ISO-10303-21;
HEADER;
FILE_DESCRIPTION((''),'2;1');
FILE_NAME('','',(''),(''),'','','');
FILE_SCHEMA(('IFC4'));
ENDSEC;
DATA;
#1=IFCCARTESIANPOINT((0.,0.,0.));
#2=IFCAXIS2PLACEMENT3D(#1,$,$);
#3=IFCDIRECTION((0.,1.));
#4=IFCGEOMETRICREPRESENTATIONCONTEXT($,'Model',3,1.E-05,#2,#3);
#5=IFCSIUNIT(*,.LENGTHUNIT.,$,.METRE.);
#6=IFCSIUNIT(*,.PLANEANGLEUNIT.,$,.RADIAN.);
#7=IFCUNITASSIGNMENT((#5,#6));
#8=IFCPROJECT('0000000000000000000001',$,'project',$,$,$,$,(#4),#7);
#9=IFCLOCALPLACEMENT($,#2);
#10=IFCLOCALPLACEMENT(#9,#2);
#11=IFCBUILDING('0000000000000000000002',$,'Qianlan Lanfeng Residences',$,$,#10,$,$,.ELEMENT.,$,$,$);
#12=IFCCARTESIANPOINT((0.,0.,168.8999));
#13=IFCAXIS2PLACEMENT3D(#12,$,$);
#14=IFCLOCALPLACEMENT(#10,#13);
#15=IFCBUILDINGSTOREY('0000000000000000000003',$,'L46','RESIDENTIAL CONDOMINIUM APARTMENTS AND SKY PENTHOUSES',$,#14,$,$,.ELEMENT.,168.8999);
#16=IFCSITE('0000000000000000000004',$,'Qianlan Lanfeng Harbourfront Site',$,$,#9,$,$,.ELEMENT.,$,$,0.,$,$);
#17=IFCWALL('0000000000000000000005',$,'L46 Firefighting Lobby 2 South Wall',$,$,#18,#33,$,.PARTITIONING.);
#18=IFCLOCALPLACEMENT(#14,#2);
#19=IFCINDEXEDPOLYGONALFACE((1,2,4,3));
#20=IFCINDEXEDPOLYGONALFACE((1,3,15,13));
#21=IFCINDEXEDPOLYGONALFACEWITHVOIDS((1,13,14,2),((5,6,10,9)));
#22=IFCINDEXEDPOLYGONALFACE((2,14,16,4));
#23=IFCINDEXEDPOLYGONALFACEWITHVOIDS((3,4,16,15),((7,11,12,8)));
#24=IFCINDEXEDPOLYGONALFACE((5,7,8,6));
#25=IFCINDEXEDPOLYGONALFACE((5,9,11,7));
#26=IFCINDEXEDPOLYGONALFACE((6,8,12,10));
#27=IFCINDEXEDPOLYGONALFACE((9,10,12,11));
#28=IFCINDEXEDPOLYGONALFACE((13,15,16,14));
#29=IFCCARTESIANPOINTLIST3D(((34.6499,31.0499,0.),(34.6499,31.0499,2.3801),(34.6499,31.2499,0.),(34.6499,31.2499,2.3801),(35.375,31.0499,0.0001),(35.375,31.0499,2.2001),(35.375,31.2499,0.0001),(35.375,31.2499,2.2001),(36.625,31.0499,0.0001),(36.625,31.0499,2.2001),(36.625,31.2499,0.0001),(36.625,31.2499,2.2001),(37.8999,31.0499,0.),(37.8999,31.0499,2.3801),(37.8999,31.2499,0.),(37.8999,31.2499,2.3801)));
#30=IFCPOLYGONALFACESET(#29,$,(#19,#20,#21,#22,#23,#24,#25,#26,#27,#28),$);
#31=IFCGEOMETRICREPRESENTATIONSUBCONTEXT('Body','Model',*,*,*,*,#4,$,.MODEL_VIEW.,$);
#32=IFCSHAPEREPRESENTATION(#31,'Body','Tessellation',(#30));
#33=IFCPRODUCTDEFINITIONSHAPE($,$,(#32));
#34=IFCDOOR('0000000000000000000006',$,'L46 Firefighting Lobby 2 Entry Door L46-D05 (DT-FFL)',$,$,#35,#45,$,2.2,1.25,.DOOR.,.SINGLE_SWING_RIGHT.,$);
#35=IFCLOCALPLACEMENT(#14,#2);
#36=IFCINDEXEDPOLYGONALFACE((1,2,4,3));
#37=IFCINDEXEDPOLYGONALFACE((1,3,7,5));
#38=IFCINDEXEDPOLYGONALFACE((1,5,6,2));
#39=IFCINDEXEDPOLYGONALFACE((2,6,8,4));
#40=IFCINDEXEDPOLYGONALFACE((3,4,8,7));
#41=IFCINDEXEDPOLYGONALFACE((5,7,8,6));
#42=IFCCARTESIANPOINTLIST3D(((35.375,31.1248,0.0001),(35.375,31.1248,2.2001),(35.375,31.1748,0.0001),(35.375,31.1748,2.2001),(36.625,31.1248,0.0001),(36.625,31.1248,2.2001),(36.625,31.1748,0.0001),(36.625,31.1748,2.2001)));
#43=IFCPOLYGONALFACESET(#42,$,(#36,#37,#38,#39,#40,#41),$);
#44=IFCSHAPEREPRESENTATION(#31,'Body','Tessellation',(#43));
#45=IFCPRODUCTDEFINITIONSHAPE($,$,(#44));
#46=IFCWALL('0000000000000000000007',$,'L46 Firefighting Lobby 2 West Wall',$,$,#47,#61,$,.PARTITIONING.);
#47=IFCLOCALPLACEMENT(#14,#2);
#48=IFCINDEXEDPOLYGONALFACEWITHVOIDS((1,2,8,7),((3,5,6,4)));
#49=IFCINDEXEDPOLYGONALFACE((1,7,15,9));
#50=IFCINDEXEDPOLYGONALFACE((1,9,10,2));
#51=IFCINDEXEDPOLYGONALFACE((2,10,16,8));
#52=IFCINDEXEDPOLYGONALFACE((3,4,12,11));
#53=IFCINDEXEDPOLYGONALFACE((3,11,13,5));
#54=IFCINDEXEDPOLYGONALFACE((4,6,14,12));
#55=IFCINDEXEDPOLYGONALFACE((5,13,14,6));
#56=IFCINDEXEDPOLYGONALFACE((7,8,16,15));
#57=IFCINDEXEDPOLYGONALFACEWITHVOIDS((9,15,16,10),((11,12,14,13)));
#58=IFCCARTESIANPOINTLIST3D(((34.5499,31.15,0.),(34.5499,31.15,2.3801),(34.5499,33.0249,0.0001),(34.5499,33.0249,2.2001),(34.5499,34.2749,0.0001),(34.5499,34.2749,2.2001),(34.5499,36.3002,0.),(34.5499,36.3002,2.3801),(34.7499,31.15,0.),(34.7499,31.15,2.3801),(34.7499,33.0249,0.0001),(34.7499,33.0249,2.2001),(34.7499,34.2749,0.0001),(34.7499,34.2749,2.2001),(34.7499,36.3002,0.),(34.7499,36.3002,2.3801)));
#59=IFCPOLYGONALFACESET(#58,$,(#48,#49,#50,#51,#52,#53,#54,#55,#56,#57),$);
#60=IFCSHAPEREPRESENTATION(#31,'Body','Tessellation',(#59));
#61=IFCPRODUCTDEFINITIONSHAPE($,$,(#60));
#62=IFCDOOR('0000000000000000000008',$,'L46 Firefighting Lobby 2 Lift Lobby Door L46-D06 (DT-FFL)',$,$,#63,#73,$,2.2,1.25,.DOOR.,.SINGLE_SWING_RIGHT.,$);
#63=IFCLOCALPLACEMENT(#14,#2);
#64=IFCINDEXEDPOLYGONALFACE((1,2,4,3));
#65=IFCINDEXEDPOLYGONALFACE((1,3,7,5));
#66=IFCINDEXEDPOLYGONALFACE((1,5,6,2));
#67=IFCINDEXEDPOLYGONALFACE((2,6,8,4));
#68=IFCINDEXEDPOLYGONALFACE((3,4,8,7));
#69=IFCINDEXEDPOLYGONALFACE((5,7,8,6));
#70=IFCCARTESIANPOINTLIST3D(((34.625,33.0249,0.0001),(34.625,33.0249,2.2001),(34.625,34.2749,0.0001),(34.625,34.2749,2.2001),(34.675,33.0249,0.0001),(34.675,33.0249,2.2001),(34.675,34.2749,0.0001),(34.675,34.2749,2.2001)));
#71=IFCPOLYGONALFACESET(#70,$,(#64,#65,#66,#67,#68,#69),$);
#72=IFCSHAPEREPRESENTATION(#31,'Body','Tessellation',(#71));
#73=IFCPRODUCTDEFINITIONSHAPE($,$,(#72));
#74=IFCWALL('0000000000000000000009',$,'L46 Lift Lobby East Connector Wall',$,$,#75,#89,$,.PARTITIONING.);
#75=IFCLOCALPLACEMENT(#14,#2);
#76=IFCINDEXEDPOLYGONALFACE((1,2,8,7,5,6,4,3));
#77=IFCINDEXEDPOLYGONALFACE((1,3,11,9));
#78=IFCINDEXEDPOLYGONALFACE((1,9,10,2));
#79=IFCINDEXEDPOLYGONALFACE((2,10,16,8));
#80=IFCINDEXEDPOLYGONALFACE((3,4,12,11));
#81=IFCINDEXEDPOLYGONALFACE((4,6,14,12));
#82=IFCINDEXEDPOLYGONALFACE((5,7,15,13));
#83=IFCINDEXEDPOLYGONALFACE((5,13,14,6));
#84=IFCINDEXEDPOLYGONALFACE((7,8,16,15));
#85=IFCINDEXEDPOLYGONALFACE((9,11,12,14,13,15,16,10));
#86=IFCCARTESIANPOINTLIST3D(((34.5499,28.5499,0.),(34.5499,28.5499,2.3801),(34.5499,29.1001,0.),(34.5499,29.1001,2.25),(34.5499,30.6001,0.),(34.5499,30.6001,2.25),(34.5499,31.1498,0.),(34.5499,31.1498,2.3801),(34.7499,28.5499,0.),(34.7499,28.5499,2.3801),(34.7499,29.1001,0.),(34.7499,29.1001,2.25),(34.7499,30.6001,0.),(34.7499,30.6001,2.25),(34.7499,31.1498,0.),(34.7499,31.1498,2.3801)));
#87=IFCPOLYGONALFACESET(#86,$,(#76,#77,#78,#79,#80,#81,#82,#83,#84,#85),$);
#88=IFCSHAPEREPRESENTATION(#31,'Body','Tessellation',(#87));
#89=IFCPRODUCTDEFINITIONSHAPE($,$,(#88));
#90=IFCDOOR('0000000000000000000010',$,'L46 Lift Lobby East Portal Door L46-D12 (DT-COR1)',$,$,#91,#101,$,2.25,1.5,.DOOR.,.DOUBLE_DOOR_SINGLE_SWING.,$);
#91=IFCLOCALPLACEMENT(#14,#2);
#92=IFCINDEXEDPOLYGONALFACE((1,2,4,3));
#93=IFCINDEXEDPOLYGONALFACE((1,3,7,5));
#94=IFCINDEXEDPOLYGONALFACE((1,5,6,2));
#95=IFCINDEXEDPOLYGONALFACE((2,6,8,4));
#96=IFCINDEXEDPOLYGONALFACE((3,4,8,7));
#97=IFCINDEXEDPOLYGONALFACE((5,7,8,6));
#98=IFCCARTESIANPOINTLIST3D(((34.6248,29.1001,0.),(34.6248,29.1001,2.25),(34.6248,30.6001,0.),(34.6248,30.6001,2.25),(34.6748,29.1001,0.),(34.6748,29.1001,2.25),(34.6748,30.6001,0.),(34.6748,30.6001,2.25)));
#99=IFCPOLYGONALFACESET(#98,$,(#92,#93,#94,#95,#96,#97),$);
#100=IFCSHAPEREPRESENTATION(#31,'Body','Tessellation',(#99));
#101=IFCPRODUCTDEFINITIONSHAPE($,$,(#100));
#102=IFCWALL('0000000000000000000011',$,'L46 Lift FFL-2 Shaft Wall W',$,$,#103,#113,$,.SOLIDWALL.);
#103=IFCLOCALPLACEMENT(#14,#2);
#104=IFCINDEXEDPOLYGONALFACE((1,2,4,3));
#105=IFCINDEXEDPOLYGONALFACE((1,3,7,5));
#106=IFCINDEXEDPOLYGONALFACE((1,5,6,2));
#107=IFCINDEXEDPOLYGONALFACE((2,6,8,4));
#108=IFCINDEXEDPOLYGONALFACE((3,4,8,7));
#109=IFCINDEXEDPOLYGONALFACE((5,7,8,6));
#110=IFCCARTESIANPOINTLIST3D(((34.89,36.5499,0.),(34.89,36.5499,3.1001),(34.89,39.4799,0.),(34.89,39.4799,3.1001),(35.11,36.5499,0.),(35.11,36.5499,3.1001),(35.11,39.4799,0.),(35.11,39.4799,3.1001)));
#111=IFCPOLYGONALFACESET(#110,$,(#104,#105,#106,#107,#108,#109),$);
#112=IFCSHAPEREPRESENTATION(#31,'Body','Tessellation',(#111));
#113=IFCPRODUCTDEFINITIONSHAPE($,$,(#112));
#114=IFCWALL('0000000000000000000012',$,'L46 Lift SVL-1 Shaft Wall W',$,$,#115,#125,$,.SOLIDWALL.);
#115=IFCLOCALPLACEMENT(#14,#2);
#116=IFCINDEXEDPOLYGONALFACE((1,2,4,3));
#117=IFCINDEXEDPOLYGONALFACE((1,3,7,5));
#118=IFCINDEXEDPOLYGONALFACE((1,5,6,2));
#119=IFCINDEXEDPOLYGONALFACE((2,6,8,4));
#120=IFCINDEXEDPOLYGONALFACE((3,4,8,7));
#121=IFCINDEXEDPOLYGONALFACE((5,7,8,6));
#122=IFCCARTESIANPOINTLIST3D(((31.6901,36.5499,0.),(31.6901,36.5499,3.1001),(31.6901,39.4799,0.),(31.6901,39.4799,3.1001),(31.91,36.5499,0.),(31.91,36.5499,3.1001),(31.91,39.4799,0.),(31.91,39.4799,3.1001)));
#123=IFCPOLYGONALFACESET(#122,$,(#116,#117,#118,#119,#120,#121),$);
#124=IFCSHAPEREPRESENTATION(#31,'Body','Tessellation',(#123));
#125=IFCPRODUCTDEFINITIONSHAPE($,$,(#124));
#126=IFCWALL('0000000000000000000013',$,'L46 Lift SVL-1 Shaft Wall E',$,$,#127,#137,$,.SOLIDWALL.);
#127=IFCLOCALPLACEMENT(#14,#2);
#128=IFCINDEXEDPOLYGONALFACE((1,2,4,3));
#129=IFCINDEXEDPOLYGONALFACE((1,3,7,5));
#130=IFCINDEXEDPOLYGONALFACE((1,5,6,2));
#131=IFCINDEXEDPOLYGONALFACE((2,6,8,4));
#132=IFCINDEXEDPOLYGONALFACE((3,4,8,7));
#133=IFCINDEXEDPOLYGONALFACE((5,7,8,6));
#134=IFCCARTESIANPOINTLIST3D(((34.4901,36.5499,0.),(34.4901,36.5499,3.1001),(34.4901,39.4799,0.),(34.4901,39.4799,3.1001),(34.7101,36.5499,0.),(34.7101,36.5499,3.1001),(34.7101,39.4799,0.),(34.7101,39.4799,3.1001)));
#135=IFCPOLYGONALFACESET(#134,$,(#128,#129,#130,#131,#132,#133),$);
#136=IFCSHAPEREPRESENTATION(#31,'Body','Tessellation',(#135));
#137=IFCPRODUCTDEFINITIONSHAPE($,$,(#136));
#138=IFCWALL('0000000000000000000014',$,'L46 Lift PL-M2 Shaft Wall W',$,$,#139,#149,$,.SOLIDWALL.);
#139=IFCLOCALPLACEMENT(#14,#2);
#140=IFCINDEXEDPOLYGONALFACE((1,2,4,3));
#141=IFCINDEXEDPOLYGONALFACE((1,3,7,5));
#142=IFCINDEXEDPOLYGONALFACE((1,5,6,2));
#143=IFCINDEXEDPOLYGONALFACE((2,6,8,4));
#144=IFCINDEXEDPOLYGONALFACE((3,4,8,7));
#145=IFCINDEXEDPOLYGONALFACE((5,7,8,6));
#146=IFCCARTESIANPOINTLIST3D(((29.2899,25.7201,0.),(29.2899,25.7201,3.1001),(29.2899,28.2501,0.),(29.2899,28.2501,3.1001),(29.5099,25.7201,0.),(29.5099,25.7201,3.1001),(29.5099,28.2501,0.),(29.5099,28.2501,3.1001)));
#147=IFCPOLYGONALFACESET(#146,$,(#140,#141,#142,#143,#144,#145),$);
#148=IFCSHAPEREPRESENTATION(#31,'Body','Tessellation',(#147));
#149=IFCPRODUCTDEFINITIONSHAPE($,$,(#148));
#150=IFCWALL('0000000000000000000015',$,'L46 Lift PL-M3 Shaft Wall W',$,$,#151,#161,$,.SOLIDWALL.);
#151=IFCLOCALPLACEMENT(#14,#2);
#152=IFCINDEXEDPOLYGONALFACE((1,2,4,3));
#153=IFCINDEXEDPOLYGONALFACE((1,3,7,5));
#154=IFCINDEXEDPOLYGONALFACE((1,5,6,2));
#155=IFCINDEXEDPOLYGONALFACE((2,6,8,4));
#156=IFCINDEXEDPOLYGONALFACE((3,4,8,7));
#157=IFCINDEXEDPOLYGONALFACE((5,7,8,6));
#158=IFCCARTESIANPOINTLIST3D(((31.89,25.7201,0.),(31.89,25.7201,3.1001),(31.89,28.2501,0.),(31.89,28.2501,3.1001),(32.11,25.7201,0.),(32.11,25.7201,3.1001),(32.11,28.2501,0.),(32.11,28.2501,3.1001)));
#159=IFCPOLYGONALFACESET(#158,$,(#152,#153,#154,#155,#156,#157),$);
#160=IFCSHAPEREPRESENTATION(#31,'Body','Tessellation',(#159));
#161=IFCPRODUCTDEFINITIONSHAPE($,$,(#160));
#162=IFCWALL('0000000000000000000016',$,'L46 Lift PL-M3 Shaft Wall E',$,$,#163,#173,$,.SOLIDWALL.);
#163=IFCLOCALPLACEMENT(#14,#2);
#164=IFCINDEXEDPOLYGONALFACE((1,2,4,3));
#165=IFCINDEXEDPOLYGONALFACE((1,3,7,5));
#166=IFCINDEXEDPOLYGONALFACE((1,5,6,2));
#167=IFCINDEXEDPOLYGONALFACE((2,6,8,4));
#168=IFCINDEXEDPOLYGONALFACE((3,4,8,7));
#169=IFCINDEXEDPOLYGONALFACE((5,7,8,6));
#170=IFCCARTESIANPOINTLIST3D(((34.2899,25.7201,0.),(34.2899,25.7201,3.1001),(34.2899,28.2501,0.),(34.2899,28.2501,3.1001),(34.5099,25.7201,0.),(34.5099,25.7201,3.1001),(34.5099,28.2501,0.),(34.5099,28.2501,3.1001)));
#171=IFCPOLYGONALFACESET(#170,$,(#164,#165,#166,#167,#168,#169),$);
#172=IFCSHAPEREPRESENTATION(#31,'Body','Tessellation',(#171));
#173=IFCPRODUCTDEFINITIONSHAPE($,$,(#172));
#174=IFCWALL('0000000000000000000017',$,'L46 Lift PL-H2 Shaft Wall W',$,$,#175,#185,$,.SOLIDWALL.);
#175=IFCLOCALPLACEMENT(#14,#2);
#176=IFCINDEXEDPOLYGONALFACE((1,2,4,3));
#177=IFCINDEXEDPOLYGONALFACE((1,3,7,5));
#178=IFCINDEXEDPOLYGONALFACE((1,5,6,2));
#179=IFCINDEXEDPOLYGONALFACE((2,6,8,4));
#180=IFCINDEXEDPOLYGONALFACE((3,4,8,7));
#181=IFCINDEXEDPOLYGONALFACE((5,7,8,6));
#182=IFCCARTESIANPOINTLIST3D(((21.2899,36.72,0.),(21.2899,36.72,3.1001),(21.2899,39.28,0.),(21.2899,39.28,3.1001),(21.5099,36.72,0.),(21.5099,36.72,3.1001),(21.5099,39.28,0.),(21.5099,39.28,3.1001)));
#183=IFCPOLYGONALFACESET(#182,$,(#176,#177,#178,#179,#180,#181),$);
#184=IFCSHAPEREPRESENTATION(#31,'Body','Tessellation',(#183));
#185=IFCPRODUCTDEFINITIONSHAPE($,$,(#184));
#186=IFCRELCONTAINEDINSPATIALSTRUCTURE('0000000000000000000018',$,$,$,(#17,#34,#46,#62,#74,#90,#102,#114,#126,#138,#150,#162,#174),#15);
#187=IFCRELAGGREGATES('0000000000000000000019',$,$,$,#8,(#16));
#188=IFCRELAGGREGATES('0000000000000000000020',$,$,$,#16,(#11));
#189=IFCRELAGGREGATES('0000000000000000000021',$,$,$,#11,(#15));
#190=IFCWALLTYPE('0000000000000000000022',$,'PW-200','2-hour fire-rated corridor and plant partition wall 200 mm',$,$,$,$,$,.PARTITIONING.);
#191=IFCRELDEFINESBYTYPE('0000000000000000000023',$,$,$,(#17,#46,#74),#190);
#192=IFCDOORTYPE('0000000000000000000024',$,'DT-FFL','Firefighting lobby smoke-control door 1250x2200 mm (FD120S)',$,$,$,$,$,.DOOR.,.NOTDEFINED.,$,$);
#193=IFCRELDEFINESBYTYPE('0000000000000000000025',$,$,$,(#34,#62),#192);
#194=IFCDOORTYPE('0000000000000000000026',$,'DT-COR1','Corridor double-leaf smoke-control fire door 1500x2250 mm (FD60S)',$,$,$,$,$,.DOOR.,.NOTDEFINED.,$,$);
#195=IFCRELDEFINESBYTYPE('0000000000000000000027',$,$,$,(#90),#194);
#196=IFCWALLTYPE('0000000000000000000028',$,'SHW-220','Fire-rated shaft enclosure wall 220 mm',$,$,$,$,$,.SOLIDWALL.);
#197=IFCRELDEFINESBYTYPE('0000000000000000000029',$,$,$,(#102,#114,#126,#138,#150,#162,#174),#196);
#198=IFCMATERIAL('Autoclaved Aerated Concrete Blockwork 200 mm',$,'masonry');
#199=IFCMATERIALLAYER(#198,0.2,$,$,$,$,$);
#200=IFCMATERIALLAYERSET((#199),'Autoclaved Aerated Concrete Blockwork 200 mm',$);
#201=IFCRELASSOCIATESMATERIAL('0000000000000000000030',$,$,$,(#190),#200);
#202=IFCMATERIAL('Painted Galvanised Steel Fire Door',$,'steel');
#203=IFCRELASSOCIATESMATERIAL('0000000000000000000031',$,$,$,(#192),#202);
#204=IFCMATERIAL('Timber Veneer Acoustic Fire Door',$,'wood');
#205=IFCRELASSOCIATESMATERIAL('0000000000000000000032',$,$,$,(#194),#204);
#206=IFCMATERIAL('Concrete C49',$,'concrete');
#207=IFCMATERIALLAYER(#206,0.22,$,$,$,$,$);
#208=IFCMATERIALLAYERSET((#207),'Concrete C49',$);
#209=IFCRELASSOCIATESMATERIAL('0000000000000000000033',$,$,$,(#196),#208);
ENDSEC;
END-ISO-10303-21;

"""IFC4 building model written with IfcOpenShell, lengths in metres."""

from ifc_helpers import new_model, si_unit, direction, frame, frame_2d, origin, place, context, subcontext, project, spatial, rectangle, extrude, material, layer, layer_set, type_object, element, fill, save


model = new_model("IFC4")

# Units and contexts
model_context = context("Model", 3, precision=1e-05, world=origin(), true_north=direction((0.0, 1.0)))
body_context = subcontext(model_context, "Body", "Model", "MODEL_VIEW")
ifc_project = project(units=[si_unit("LENGTHUNIT", "METRE"), si_unit("PLANEANGLEUNIT", "RADIAN")], contexts=[model_context])

# Site, building, storey
site_placement = place(None, origin())
site = spatial("IfcSite", under=ifc_project, at=site_placement, Name="Qianlan Lanfeng Harbourfront Site", CompositionType="ELEMENT", RefElevation=0.0)
building_placement = place(site_placement, origin())
building = spatial("IfcBuilding", under=site, at=building_placement, Name="Qianlan Lanfeng Residences", CompositionType="ELEMENT")
storey_placement = place(building_placement, frame((0.0, 0.0, 168.8999)))
storey = spatial("IfcBuildingStorey", under=building, at=storey_placement, Name="L46", Description="RESIDENTIAL CONDOMINIUM APARTMENTS AND SKY PENTHOUSES", CompositionType="ELEMENT", Elevation=168.8999)

# Walls, openings, doors
ifc_material_1 = material(Name="Autoclaved Aerated Concrete Blockwork 200 mm", Category="masonry")
ifc_layer_1 = layer(ifc_material_1, 0.2)
ifc_layer_set_1 = layer_set([ifc_layer_1], Name="Autoclaved Aerated Concrete Blockwork 200 mm")
wall_type_1 = type_object("IfcWallType", Name="PW-200", Description="2-hour fire-rated corridor and plant partition wall 200 mm", PredefinedType="PARTITIONING", material=ifc_layer_set_1)
wall_1_placement = place(storey_placement, frame((34.6499, 31.1499, 0.0), z_axis=(0.0, 0.0, 1.0), x_axis=(1.0, 0.0, 0.0)))
wall_1 = element("IfcWall", 1, at=wall_1_placement, inside=storey, type_object=wall_type_1, Name="L46 Firefighting Lobby 2 South Wall", PredefinedType="PARTITIONING", context=body_context, shape_type="SweptSolid", body=[
    extrude(rectangle(XDim=3.25, YDim=0.2, at=frame_2d((1.625, 0.0))), origin(), (0.0, 0.0, 1.0), 2.3801),
])
opening_1_placement = place(wall_1_placement, frame((0.7251, 0.0, 0.0)))
opening_1 = element("IfcOpeningElement", 2, at=opening_1_placement, cuts=wall_1, PredefinedType="OPENING", context=body_context, shape_type="SweptSolid", body=[
    extrude(rectangle(XDim=1.25, YDim=2.2, at=frame_2d((0.625, 1.1001))), frame((0.0, 0.1099, 0.0), z_axis=(0.0, -1.0, 0.0), x_axis=(1.0, 0.0, 0.0)), (0.0, 0.0, 1.0), 0.22),
])
ifc_material_2 = material(Name="Painted Galvanised Steel Fire Door", Category="steel")
door_type_1 = type_object("IfcDoorType", Name="DT-FFL", Description="Firefighting lobby smoke-control door 1250x2200 mm (FD120S)", OperationType="NOTDEFINED", PredefinedType="DOOR", material=ifc_material_2)
door_1_placement = place(opening_1_placement, origin())
door_1 = element("IfcDoor", 3, at=door_1_placement, inside=storey, type_object=door_type_1, Name="L46 Firefighting Lobby 2 Entry Door L46-D05 (DT-FFL)", OperationType="SINGLE_SWING_RIGHT", OverallHeight=2.2, OverallWidth=1.25, PredefinedType="DOOR", context=body_context, shape_type="SweptSolid", body=[
    extrude(rectangle(XDim=1.25, YDim=2.2, at=frame_2d((0.625, 1.1001))), frame((0.0, 0.0249, 0.0), z_axis=(0.0, -1.0, 0.0), x_axis=(1.0, 0.0, 0.0)), (0.0, 0.0, 1.0), 0.05),
])
fill(opening_1, door_1)
wall_2_placement = place(storey_placement, frame((34.6499, 31.1499, 0.0), z_axis=(0.0, 0.0, 1.0), x_axis=(0.0, 1.0, 0.0)))
wall_2 = element("IfcWall", 4, at=wall_2_placement, inside=storey, type_object=wall_type_1, Name="L46 Firefighting Lobby 2 West Wall", PredefinedType="PARTITIONING", context=body_context, shape_type="SweptSolid", body=[
    extrude(rectangle(XDim=5.1501, YDim=0.2, at=frame_2d((2.5752, 0.0))), origin(), (0.0, 0.0, 1.0), 2.3801),
])
opening_2_placement = place(wall_2_placement, frame((1.875, 0.0, 0.0)))
opening_2 = element("IfcOpeningElement", 5, at=opening_2_placement, cuts=wall_2, PredefinedType="OPENING", context=body_context, shape_type="SweptSolid", body=[
    extrude(rectangle(XDim=1.25, YDim=2.2, at=frame_2d((0.625, 1.1001))), frame((0.0, 0.1099, 0.0), z_axis=(0.0, -1.0, 0.0), x_axis=(1.0, 0.0, 0.0)), (0.0, 0.0, 1.0), 0.22),
])
door_2_placement = place(opening_2_placement, origin())
door_2 = element("IfcDoor", 6, at=door_2_placement, inside=storey, type_object=door_type_1, Name="L46 Firefighting Lobby 2 Lift Lobby Door L46-D06 (DT-FFL)", OperationType="SINGLE_SWING_RIGHT", OverallHeight=2.2, OverallWidth=1.25, PredefinedType="DOOR", context=body_context, shape_type="SweptSolid", body=[
    extrude(rectangle(XDim=1.25, YDim=2.2, at=frame_2d((0.625, 1.1001))), frame((0.0, 0.0249, 0.0), z_axis=(0.0, -1.0, 0.0), x_axis=(1.0, 0.0, 0.0)), (0.0, 0.0, 1.0), 0.05),
])
fill(opening_2, door_2)
wall_3_placement = place(storey_placement, frame((34.6499, 28.55, 0.0), z_axis=(0.0, 0.0, 1.0), x_axis=(0.0, 1.0, 0.0)))
wall_3 = element("IfcWall", 7, at=wall_3_placement, inside=storey, type_object=wall_type_1, Name="L46 Lift Lobby East Connector Wall", PredefinedType="PARTITIONING", context=body_context, shape_type="SweptSolid", body=[
    extrude(rectangle(XDim=2.5999, YDim=0.2, at=frame_2d((1.2998, 0.0))), origin(), (0.0, 0.0, 1.0), 2.3801),
])
opening_3_placement = place(wall_3_placement, frame((0.55, 0.0, 0.0)))
opening_3 = element("IfcOpeningElement", 8, at=opening_3_placement, cuts=wall_3, PredefinedType="OPENING", context=body_context, shape_type="SweptSolid", body=[
    extrude(rectangle(XDim=1.5, YDim=2.25, at=frame_2d((0.75, 1.125))), frame((0.0, 0.1099, 0.0), z_axis=(0.0, -1.0, 0.0), x_axis=(1.0, 0.0, 0.0)), (0.0, 0.0, 1.0), 0.22),
])
ifc_material_3 = material(Name="Timber Veneer Acoustic Fire Door", Category="wood")
door_type_2 = type_object("IfcDoorType", Name="DT-COR1", Description="Corridor double-leaf smoke-control fire door 1500x2250 mm (FD60S)", OperationType="NOTDEFINED", PredefinedType="DOOR", material=ifc_material_3)
door_3_placement = place(opening_3_placement, frame((1.5, 0.0, 0.0), z_axis=(0.0, 0.0, 1.0), x_axis=(-1.0, 0.0, 0.0)))
door_3 = element("IfcDoor", 9, at=door_3_placement, inside=storey, type_object=door_type_2, Name="L46 Lift Lobby East Portal Door L46-D12 (DT-COR1)", OperationType="DOUBLE_DOOR_SINGLE_SWING", OverallHeight=2.25, OverallWidth=1.5, PredefinedType="DOOR", context=body_context, shape_type="SweptSolid", body=[
    extrude(rectangle(XDim=1.5, YDim=2.25, at=frame_2d((0.75, 1.125))), frame((0.0, 0.0249, 0.0), z_axis=(0.0, -1.0, 0.0), x_axis=(1.0, 0.0, 0.0)), (0.0, 0.0, 1.0), 0.05),
])
fill(opening_3, door_3)

# Walls
ifc_material_4 = material(Name="Concrete C49", Category="concrete")
ifc_layer_2 = layer(ifc_material_4, 0.22)
ifc_layer_set_2 = layer_set([ifc_layer_2], Name="Concrete C49")
wall_type_2 = type_object("IfcWallType", Name="SHW-220", Description="Fire-rated shaft enclosure wall 220 mm", PredefinedType="SOLIDWALL", material=ifc_layer_set_2)
for number, where, z_axis, x_axis, name in (
    (10, (35.0, 36.55, 0.0), (0.0, 0.0, 1.0), (0.0, 1.0, 0.0), "L46 Lift FFL-2 Shaft Wall W"),
    (11, (31.8, 36.55, 0.0), (0.0, 0.0, 1.0), (0.0, 1.0, 0.0), "L46 Lift SVL-1 Shaft Wall W"),
    (12, (34.6001, 36.55, 0.0), (0.0, 0.0, 1.0), (0.0, 1.0, 0.0), "L46 Lift SVL-1 Shaft Wall E"),
):
    element("IfcWall", number, at=place(storey_placement, frame(where, z_axis=z_axis, x_axis=x_axis)), inside=storey, type_object=wall_type_2, Name=name, PredefinedType="SOLIDWALL", context=body_context, shape_type="SweptSolid", body=[
        extrude(rectangle(XDim=2.9299, YDim=0.22, at=frame_2d((1.4648, 0.0))), origin(), (0.0, 0.0, 1.0), 3.1001),
    ])
for number, where, z_axis, x_axis, name in (
    (13, (29.3999, 25.72, 0.0), (0.0, 0.0, 1.0), (0.0, 1.0, 0.0), "L46 Lift PL-M2 Shaft Wall W"),
    (14, (32.0, 25.72, 0.0), (0.0, 0.0, 1.0), (0.0, 1.0, 0.0), "L46 Lift PL-M3 Shaft Wall W"),
    (15, (34.3999, 25.72, 0.0), (0.0, 0.0, 1.0), (0.0, 1.0, 0.0), "L46 Lift PL-M3 Shaft Wall E"),
):
    element("IfcWall", number, at=place(storey_placement, frame(where, z_axis=z_axis, x_axis=x_axis)), inside=storey, type_object=wall_type_2, Name=name, PredefinedType="SOLIDWALL", context=body_context, shape_type="SweptSolid", body=[
        extrude(rectangle(XDim=2.53, YDim=0.22, at=frame_2d((1.2651, 0.0))), origin(), (0.0, 0.0, 1.0), 3.1001),
    ])
for number, where, z_axis, x_axis, name in (
    (16, (21.3999, 36.72, 0.0), (0.0, 0.0, 1.0), (0.0, 1.0, 0.0), "L46 Lift PL-H2 Shaft Wall W"),
):
    element("IfcWall", number, at=place(storey_placement, frame(where, z_axis=z_axis, x_axis=x_axis)), inside=storey, type_object=wall_type_2, Name=name, PredefinedType="SOLIDWALL", context=body_context, shape_type="SweptSolid", body=[
        extrude(rectangle(XDim=2.5601, YDim=0.22, at=frame_2d((1.28, 0.0))), origin(), (0.0, 0.0, 1.0), 3.1001),
    ])

save(model, "model.ifc")
